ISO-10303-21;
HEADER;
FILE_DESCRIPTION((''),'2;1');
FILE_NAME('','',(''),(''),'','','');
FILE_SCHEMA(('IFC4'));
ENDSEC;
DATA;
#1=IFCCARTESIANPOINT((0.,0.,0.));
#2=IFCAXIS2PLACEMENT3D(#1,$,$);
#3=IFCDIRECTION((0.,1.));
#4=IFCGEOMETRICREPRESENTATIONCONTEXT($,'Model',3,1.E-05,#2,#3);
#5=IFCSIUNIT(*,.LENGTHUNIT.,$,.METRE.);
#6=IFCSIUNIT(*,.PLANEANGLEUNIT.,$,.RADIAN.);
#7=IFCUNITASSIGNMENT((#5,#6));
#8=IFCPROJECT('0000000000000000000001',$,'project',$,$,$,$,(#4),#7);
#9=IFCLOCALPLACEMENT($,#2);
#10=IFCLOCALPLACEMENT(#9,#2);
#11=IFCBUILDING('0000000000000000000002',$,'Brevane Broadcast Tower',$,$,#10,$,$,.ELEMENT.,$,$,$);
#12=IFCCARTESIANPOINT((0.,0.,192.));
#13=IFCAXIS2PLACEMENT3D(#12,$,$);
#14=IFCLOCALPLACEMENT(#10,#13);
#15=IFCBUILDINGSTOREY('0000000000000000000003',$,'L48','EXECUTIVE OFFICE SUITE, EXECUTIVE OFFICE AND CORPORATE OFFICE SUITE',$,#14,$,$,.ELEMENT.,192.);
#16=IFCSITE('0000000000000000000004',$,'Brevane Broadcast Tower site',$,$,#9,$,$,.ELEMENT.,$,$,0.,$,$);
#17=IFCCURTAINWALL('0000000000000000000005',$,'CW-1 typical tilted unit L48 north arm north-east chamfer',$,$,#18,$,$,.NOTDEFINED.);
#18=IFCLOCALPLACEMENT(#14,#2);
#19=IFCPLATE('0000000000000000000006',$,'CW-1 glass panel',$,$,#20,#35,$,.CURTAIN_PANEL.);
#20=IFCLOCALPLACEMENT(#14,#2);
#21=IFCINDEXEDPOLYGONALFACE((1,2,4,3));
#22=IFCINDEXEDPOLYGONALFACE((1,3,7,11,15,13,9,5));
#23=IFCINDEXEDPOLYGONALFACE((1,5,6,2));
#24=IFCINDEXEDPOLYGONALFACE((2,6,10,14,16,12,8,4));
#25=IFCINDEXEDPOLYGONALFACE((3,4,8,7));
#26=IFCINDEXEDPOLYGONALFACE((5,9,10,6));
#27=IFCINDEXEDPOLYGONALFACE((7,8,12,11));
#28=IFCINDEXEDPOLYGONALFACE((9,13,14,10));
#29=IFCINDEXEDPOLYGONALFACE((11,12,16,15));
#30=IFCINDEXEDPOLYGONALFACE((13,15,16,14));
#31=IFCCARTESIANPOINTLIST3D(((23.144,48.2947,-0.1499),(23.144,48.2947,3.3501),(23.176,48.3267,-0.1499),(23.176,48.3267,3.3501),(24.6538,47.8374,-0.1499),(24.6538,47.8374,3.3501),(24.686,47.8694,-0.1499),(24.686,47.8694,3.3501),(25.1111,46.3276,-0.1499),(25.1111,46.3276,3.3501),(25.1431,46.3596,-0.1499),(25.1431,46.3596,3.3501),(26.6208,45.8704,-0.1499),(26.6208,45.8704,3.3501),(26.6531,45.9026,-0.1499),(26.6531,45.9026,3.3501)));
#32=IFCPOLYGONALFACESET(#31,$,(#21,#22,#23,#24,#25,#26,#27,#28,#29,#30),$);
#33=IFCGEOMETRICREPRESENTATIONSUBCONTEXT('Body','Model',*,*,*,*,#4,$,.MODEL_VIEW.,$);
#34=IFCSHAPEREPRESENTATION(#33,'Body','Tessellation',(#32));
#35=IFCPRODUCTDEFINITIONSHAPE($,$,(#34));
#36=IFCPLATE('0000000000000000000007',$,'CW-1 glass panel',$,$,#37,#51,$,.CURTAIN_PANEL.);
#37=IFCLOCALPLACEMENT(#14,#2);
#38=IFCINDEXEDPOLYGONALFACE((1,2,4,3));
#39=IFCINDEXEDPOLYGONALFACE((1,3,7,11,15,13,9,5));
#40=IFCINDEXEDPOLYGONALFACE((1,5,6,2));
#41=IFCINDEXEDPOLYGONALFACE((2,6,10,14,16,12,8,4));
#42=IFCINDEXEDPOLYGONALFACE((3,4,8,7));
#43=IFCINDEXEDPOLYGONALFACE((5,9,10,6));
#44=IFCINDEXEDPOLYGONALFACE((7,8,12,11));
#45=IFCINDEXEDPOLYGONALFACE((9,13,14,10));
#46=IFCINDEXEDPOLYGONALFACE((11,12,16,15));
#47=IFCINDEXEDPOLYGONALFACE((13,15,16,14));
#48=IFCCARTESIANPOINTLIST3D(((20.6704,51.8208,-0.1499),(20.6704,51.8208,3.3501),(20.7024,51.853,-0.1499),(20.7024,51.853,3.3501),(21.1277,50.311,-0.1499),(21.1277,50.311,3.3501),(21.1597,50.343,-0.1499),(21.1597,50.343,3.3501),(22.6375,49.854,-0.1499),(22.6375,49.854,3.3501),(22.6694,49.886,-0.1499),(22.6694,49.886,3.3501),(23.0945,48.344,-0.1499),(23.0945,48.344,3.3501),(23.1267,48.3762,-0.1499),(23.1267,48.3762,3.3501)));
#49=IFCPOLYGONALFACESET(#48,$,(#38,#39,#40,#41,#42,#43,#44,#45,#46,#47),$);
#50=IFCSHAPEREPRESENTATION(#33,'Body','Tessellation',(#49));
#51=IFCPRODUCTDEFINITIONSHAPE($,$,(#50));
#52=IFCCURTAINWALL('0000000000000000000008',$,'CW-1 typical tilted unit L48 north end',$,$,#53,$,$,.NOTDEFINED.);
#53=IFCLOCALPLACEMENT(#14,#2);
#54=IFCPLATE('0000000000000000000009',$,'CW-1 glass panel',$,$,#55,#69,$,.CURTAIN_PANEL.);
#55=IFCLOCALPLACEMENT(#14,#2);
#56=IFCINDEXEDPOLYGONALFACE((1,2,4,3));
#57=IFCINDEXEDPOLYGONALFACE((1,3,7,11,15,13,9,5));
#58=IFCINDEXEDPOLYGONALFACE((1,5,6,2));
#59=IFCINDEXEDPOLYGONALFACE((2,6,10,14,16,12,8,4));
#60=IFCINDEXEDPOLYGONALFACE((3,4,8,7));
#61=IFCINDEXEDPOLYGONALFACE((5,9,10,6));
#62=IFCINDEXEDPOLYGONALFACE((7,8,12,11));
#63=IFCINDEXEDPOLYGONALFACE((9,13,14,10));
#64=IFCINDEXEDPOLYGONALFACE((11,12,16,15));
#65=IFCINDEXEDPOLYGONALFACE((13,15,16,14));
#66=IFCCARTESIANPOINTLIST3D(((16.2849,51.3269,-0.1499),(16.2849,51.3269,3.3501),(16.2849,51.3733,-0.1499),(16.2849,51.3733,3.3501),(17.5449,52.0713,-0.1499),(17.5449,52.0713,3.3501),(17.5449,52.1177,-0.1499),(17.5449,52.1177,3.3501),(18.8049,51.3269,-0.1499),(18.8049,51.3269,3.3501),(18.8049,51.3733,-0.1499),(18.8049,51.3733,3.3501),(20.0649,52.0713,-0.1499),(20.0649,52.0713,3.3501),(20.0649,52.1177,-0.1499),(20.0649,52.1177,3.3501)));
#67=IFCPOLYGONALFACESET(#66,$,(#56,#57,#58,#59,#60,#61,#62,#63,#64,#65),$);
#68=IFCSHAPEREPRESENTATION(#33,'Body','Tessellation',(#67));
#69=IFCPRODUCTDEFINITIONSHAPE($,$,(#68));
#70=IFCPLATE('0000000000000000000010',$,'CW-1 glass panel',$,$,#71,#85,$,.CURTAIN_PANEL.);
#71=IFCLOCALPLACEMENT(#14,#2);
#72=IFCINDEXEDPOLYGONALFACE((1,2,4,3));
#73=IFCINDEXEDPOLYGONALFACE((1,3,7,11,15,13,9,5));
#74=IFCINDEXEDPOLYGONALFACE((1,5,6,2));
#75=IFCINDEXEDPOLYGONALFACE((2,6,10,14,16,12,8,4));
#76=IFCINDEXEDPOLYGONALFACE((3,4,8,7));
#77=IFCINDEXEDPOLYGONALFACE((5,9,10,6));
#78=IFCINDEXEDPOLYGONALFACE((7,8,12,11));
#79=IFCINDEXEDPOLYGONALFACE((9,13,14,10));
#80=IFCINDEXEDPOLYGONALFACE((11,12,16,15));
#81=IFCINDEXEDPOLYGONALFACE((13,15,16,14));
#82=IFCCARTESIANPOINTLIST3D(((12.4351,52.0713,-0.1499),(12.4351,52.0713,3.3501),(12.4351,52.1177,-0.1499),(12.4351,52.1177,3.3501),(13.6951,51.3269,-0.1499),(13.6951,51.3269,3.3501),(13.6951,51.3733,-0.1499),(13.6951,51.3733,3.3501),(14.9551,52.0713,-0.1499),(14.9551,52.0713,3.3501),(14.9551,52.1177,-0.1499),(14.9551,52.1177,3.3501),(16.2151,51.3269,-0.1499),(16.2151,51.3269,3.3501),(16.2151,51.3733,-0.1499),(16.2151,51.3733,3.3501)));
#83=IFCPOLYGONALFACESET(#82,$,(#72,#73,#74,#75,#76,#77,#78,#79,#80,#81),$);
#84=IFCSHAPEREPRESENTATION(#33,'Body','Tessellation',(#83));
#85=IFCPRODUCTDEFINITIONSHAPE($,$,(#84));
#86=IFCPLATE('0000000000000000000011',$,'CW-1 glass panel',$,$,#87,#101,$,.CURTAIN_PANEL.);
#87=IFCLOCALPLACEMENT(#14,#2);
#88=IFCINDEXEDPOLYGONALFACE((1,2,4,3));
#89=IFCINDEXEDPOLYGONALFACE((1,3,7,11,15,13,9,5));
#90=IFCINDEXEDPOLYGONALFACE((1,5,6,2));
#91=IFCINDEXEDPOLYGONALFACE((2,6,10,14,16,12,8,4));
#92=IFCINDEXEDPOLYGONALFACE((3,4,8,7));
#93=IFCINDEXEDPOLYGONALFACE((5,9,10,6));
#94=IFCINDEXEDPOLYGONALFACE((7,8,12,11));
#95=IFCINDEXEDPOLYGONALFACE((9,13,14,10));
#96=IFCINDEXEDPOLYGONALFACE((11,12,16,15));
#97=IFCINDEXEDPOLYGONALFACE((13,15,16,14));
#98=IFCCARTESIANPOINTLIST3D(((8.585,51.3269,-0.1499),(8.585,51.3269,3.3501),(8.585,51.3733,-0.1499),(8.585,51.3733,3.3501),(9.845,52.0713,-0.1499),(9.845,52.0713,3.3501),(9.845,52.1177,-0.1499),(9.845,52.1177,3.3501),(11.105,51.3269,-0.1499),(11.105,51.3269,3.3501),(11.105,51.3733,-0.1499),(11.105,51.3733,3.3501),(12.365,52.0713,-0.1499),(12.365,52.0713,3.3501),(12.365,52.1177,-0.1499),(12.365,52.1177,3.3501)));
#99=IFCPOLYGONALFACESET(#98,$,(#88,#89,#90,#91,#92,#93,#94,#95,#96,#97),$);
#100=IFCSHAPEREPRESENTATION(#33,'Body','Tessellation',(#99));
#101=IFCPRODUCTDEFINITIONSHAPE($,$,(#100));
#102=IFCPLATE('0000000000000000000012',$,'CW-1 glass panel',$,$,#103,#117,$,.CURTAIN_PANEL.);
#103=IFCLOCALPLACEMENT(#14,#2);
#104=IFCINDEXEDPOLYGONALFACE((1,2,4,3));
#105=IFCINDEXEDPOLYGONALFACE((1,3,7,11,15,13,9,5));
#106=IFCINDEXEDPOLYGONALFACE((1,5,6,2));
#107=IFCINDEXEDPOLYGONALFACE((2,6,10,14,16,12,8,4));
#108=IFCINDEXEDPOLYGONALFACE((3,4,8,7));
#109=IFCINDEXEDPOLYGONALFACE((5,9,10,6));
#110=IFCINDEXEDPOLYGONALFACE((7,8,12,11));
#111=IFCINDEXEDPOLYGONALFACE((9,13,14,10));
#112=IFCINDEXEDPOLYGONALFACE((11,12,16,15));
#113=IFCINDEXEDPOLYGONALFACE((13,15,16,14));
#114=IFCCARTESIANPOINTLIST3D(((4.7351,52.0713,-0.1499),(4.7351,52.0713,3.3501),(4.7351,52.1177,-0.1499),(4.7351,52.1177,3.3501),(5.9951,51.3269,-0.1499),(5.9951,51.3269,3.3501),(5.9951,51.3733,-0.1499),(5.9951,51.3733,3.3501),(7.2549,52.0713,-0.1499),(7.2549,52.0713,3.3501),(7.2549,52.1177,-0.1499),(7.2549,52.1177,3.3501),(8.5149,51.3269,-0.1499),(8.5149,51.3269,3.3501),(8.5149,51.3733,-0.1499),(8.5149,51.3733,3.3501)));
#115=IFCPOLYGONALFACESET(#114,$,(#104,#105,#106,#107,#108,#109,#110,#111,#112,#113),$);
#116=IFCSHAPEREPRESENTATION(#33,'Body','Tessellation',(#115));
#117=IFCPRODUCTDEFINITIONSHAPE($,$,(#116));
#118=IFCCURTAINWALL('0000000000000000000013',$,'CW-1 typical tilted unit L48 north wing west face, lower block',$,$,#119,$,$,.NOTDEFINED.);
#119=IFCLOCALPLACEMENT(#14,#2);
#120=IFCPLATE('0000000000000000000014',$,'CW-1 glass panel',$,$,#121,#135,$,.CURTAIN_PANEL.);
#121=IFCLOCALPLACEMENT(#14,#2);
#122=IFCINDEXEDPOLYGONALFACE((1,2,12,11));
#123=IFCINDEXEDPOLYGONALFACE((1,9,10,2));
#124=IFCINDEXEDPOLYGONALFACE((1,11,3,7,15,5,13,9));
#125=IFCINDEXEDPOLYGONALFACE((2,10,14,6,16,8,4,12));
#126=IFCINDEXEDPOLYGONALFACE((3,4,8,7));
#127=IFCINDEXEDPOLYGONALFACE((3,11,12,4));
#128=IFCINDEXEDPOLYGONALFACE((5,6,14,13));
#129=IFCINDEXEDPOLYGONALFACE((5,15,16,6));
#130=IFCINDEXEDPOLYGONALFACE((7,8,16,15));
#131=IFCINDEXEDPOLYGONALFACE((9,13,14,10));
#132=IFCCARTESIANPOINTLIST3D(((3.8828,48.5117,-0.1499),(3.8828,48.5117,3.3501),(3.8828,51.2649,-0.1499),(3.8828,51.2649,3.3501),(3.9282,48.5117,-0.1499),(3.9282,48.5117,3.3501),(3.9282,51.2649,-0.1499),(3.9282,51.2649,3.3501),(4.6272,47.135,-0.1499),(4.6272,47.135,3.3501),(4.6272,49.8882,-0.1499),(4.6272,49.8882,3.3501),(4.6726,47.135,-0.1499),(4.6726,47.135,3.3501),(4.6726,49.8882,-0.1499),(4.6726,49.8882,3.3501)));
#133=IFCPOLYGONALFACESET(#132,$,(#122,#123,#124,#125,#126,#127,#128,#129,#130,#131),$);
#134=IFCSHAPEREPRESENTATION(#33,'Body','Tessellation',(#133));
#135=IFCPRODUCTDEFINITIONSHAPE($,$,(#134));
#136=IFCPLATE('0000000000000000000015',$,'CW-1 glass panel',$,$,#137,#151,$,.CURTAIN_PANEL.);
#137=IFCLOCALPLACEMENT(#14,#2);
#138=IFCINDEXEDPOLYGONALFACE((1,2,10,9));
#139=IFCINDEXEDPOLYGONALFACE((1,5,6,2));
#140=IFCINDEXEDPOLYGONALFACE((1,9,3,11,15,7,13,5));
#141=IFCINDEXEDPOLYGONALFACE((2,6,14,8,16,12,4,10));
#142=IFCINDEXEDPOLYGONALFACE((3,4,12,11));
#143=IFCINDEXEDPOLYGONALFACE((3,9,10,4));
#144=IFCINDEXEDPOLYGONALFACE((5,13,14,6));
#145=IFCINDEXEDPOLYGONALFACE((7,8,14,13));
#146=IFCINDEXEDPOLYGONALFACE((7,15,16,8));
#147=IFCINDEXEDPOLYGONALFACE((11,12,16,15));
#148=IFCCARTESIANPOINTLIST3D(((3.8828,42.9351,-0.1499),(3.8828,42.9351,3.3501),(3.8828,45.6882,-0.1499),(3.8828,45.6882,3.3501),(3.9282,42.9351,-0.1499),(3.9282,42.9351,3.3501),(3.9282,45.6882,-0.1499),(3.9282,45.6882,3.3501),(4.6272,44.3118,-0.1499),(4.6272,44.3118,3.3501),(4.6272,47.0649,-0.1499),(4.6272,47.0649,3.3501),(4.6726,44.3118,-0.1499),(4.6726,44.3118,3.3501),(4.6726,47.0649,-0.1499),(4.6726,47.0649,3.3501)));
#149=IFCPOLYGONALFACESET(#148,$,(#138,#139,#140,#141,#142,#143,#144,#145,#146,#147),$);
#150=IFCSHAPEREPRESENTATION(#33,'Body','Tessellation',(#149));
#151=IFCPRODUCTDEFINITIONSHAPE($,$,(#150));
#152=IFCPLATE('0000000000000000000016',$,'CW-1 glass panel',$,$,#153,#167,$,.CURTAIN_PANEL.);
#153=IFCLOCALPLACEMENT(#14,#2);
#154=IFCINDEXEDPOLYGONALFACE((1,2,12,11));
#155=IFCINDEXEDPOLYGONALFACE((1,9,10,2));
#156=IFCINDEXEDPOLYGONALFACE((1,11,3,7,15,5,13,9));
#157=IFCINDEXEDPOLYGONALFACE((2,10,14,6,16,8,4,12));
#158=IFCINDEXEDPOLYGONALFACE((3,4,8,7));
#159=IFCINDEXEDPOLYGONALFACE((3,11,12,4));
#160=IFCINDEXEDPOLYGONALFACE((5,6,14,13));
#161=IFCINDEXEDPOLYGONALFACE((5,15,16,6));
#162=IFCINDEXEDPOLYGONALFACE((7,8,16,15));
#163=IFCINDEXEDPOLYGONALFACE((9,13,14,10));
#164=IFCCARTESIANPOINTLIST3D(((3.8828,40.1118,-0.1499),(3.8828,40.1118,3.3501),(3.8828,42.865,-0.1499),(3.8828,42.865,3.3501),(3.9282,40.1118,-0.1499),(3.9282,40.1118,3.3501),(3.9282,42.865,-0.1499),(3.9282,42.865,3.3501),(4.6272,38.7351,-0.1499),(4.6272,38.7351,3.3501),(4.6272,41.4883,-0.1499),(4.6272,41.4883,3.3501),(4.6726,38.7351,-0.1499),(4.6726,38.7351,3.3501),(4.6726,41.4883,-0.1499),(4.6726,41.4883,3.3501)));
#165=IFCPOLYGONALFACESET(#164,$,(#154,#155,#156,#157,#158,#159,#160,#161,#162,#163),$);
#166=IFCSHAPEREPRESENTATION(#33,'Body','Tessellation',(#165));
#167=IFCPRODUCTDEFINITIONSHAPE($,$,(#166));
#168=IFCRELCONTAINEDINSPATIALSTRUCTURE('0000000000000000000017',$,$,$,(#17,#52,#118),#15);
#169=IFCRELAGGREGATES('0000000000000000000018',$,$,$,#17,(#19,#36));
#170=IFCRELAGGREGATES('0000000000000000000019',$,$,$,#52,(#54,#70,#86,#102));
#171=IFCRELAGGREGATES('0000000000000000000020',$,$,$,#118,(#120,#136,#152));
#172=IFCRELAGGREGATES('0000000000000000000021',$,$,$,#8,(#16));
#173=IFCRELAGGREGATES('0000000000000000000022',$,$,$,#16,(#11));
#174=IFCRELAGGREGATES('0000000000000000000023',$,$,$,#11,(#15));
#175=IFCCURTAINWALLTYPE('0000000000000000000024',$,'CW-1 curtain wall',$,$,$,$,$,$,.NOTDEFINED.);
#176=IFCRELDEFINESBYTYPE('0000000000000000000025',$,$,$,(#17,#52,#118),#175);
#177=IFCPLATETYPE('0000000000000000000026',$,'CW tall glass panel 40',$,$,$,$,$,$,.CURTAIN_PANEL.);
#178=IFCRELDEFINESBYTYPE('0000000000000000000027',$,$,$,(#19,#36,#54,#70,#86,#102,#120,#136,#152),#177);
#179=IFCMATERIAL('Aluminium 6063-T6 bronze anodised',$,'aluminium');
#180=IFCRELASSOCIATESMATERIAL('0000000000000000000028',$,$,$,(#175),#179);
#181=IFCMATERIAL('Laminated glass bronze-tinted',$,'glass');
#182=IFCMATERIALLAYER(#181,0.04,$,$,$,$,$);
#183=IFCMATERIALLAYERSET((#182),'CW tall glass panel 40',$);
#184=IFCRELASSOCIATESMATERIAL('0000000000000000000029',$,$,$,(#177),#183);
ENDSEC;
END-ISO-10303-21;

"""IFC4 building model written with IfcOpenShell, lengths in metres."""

from ifc_helpers import new_model, si_unit, direction, frame, origin, place, context, subcontext, project, spatial, polyline, outline, extrude, material, layer, layer_set, type_object, element, aggregate, save


model = new_model("IFC4")

# Units and contexts
model_context = context("Model", 3, precision=1e-05, world=origin(), true_north=direction((0.0, 1.0)))
body_context = subcontext(model_context, "Body", "Model", "MODEL_VIEW")
ifc_project = project(units=[si_unit("LENGTHUNIT", "METRE"), si_unit("PLANEANGLEUNIT", "RADIAN")], contexts=[model_context])

# Site, building, storey
site_placement = place(None, origin())
site = spatial("IfcSite", under=ifc_project, at=site_placement, Name="Brevane Broadcast Tower site", CompositionType="ELEMENT", RefElevation=0.0)
building_placement = place(site_placement, origin())
building = spatial("IfcBuilding", under=site, at=building_placement, Name="Brevane Broadcast Tower", CompositionType="ELEMENT")
storey_placement = place(building_placement, frame((0.0, 0.0, 192.0)))
storey = spatial("IfcBuildingStorey", under=building, at=storey_placement, Name="L48", Description="EXECUTIVE OFFICE SUITE, EXECUTIVE OFFICE AND CORPORATE OFFICE SUITE", CompositionType="ELEMENT", Elevation=192.0)

# Curtain walls, plates
ifc_material_1 = material(Name="Aluminium 6063-T6 bronze anodised", Category="aluminium")
curtain_wall_type = type_object("IfcCurtainWallType", Name="CW-1 curtain wall", PredefinedType="NOTDEFINED", material=ifc_material_1)
ifc_material_2 = material(Name="Laminated glass bronze-tinted", Category="glass")
ifc_layer = layer(ifc_material_2, 0.04)
ifc_layer_set = layer_set([ifc_layer], Name="CW tall glass panel 40")
plate_type = type_object("IfcPlateType", Name="CW tall glass panel 40", PredefinedType="CURTAIN_PANEL", material=ifc_layer_set)
curtain_wall_1_placement = place(storey_placement, origin())
curtain_wall_1 = element("IfcCurtainWall", 1, at=curtain_wall_1_placement, inside=storey, type_object=curtain_wall_type, Name="CW-1 typical tilted unit L48 north arm north-east chamfer", PredefinedType="NOTDEFINED")
plate_1_placement = place(storey_placement, frame((0.0, 0.0, -0.1499)))
plate_1 = element("IfcPlate", 2, at=plate_1_placement, type_object=plate_type, Name="CW-1 glass panel", PredefinedType="CURTAIN_PANEL", context=body_context, shape_type="SweptSolid", body=[
    extrude(outline(polyline([(26.6208, 45.8704), (26.6531, 45.9026), (25.1431, 46.3596), (24.686, 47.8694), (23.176, 48.3267), (23.144, 48.2947), (24.6538, 47.8374), (25.1111, 46.3276), (26.6208, 45.8704)])), origin(), (0.0, 0.0, 1.0), 3.5),
])
plate_2_placement = place(storey_placement, frame((0.0, 0.0, -0.1499)))
plate_2 = element("IfcPlate", 3, at=plate_2_placement, type_object=plate_type, Name="CW-1 glass panel", PredefinedType="CURTAIN_PANEL", context=body_context, shape_type="SweptSolid", body=[
    extrude(outline(polyline([(23.0945, 48.344), (23.1267, 48.3762), (22.6694, 49.886), (21.1597, 50.343), (20.7024, 51.853), (20.6704, 51.8208), (21.1277, 50.311), (22.6375, 49.854), (23.0945, 48.344)])), origin(), (0.0, 0.0, 1.0), 3.5),
])
aggregate(curtain_wall_1, [plate_1, plate_2])
curtain_wall_2_placement = place(storey_placement, origin())
curtain_wall_2 = element("IfcCurtainWall", 4, at=curtain_wall_2_placement, inside=storey, type_object=curtain_wall_type, Name="CW-1 typical tilted unit L48 north end", PredefinedType="NOTDEFINED")
plate_3_placement = place(storey_placement, frame((0.0, 0.0, -0.1499)))
plate_3 = element("IfcPlate", 5, at=plate_3_placement, type_object=plate_type, Name="CW-1 glass panel", PredefinedType="CURTAIN_PANEL", context=body_context, shape_type="SweptSolid", body=[
    extrude(outline(polyline([(20.0649, 52.0713), (20.0649, 52.1177), (18.8049, 51.3733), (17.5449, 52.1177), (16.2849, 51.3733), (16.2849, 51.3269), (17.5449, 52.0713), (18.8049, 51.3269), (20.0649, 52.0713)])), origin(), (0.0, 0.0, 1.0), 3.5),
])
plate_4_placement = place(storey_placement, frame((0.0, 0.0, -0.1499)))
plate_4 = element("IfcPlate", 6, at=plate_4_placement, type_object=plate_type, Name="CW-1 glass panel", PredefinedType="CURTAIN_PANEL", context=body_context, shape_type="SweptSolid", body=[
    extrude(outline(polyline([(16.2151, 51.3269), (16.2151, 51.3733), (14.9551, 52.1177), (13.6951, 51.3733), (12.4351, 52.1177), (12.4351, 52.0713), (13.6951, 51.3269), (14.9551, 52.0713), (16.2151, 51.3269)])), origin(), (0.0, 0.0, 1.0), 3.5),
])
plate_5_placement = place(storey_placement, frame((0.0, 0.0, -0.1499)))
plate_5 = element("IfcPlate", 7, at=plate_5_placement, type_object=plate_type, Name="CW-1 glass panel", PredefinedType="CURTAIN_PANEL", context=body_context, shape_type="SweptSolid", body=[
    extrude(outline(polyline([(12.365, 52.0713), (12.365, 52.1177), (11.105, 51.3733), (9.845, 52.1177), (8.585, 51.3733), (8.585, 51.3269), (9.845, 52.0713), (11.105, 51.3269), (12.365, 52.0713)])), origin(), (0.0, 0.0, 1.0), 3.5),
])
plate_6_placement = place(storey_placement, frame((0.0, 0.0, -0.1499)))
plate_6 = element("IfcPlate", 8, at=plate_6_placement, type_object=plate_type, Name="CW-1 glass panel", PredefinedType="CURTAIN_PANEL", context=body_context, shape_type="SweptSolid", body=[
    extrude(outline(polyline([(8.5149, 51.3269), (8.5149, 51.3733), (7.2549, 52.1177), (5.9951, 51.3733), (4.7351, 52.1177), (4.7351, 52.0713), (5.9951, 51.3269), (7.2549, 52.0713), (8.5149, 51.3269)])), origin(), (0.0, 0.0, 1.0), 3.5),
])
aggregate(curtain_wall_2, [plate_3, plate_4, plate_5, plate_6])
curtain_wall_3_placement = place(storey_placement, origin())
curtain_wall_3 = element("IfcCurtainWall", 9, at=curtain_wall_3_placement, inside=storey, type_object=curtain_wall_type, Name="CW-1 typical tilted unit L48 north wing west face, lower block", PredefinedType="NOTDEFINED")
plate_7_placement = place(storey_placement, frame((0.0, 0.0, -0.1499)))
plate_7 = element("IfcPlate", 10, at=plate_7_placement, type_object=plate_type, Name="CW-1 glass panel", PredefinedType="CURTAIN_PANEL", context=body_context, shape_type="SweptSolid", body=[
    extrude(outline(polyline([(3.9282, 51.2649), (3.8828, 51.2649), (4.6272, 49.8882), (3.8828, 48.5117), (4.6272, 47.135), (4.6726, 47.135), (3.9282, 48.5117), (4.6726, 49.8882), (3.9282, 51.2649)])), origin(), (0.0, 0.0, 1.0), 3.5),
])
plate_8_placement = place(storey_placement, frame((0.0, 0.0, -0.1499)))
plate_8 = element("IfcPlate", 11, at=plate_8_placement, type_object=plate_type, Name="CW-1 glass panel", PredefinedType="CURTAIN_PANEL", context=body_context, shape_type="SweptSolid", body=[
    extrude(outline(polyline([(4.6726, 47.0649), (4.6272, 47.0649), (3.8828, 45.6882), (4.6272, 44.3118), (3.8828, 42.9351), (3.9282, 42.9351), (4.6726, 44.3118), (3.9282, 45.6882), (4.6726, 47.0649)])), origin(), (0.0, 0.0, 1.0), 3.5),
])
plate_9_placement = place(storey_placement, frame((0.0, 0.0, -0.1499)))
plate_9 = element("IfcPlate", 12, at=plate_9_placement, type_object=plate_type, Name="CW-1 glass panel", PredefinedType="CURTAIN_PANEL", context=body_context, shape_type="SweptSolid", body=[
    extrude(outline(polyline([(3.9282, 42.865), (3.8828, 42.865), (4.6272, 41.4883), (3.8828, 40.1118), (4.6272, 38.7351), (4.6726, 38.7351), (3.9282, 40.1118), (4.6726, 41.4883), (3.9282, 42.865)])), origin(), (0.0, 0.0, 1.0), 3.5),
])
aggregate(curtain_wall_3, [plate_7, plate_8, plate_9])

save(model, "model.ifc")
